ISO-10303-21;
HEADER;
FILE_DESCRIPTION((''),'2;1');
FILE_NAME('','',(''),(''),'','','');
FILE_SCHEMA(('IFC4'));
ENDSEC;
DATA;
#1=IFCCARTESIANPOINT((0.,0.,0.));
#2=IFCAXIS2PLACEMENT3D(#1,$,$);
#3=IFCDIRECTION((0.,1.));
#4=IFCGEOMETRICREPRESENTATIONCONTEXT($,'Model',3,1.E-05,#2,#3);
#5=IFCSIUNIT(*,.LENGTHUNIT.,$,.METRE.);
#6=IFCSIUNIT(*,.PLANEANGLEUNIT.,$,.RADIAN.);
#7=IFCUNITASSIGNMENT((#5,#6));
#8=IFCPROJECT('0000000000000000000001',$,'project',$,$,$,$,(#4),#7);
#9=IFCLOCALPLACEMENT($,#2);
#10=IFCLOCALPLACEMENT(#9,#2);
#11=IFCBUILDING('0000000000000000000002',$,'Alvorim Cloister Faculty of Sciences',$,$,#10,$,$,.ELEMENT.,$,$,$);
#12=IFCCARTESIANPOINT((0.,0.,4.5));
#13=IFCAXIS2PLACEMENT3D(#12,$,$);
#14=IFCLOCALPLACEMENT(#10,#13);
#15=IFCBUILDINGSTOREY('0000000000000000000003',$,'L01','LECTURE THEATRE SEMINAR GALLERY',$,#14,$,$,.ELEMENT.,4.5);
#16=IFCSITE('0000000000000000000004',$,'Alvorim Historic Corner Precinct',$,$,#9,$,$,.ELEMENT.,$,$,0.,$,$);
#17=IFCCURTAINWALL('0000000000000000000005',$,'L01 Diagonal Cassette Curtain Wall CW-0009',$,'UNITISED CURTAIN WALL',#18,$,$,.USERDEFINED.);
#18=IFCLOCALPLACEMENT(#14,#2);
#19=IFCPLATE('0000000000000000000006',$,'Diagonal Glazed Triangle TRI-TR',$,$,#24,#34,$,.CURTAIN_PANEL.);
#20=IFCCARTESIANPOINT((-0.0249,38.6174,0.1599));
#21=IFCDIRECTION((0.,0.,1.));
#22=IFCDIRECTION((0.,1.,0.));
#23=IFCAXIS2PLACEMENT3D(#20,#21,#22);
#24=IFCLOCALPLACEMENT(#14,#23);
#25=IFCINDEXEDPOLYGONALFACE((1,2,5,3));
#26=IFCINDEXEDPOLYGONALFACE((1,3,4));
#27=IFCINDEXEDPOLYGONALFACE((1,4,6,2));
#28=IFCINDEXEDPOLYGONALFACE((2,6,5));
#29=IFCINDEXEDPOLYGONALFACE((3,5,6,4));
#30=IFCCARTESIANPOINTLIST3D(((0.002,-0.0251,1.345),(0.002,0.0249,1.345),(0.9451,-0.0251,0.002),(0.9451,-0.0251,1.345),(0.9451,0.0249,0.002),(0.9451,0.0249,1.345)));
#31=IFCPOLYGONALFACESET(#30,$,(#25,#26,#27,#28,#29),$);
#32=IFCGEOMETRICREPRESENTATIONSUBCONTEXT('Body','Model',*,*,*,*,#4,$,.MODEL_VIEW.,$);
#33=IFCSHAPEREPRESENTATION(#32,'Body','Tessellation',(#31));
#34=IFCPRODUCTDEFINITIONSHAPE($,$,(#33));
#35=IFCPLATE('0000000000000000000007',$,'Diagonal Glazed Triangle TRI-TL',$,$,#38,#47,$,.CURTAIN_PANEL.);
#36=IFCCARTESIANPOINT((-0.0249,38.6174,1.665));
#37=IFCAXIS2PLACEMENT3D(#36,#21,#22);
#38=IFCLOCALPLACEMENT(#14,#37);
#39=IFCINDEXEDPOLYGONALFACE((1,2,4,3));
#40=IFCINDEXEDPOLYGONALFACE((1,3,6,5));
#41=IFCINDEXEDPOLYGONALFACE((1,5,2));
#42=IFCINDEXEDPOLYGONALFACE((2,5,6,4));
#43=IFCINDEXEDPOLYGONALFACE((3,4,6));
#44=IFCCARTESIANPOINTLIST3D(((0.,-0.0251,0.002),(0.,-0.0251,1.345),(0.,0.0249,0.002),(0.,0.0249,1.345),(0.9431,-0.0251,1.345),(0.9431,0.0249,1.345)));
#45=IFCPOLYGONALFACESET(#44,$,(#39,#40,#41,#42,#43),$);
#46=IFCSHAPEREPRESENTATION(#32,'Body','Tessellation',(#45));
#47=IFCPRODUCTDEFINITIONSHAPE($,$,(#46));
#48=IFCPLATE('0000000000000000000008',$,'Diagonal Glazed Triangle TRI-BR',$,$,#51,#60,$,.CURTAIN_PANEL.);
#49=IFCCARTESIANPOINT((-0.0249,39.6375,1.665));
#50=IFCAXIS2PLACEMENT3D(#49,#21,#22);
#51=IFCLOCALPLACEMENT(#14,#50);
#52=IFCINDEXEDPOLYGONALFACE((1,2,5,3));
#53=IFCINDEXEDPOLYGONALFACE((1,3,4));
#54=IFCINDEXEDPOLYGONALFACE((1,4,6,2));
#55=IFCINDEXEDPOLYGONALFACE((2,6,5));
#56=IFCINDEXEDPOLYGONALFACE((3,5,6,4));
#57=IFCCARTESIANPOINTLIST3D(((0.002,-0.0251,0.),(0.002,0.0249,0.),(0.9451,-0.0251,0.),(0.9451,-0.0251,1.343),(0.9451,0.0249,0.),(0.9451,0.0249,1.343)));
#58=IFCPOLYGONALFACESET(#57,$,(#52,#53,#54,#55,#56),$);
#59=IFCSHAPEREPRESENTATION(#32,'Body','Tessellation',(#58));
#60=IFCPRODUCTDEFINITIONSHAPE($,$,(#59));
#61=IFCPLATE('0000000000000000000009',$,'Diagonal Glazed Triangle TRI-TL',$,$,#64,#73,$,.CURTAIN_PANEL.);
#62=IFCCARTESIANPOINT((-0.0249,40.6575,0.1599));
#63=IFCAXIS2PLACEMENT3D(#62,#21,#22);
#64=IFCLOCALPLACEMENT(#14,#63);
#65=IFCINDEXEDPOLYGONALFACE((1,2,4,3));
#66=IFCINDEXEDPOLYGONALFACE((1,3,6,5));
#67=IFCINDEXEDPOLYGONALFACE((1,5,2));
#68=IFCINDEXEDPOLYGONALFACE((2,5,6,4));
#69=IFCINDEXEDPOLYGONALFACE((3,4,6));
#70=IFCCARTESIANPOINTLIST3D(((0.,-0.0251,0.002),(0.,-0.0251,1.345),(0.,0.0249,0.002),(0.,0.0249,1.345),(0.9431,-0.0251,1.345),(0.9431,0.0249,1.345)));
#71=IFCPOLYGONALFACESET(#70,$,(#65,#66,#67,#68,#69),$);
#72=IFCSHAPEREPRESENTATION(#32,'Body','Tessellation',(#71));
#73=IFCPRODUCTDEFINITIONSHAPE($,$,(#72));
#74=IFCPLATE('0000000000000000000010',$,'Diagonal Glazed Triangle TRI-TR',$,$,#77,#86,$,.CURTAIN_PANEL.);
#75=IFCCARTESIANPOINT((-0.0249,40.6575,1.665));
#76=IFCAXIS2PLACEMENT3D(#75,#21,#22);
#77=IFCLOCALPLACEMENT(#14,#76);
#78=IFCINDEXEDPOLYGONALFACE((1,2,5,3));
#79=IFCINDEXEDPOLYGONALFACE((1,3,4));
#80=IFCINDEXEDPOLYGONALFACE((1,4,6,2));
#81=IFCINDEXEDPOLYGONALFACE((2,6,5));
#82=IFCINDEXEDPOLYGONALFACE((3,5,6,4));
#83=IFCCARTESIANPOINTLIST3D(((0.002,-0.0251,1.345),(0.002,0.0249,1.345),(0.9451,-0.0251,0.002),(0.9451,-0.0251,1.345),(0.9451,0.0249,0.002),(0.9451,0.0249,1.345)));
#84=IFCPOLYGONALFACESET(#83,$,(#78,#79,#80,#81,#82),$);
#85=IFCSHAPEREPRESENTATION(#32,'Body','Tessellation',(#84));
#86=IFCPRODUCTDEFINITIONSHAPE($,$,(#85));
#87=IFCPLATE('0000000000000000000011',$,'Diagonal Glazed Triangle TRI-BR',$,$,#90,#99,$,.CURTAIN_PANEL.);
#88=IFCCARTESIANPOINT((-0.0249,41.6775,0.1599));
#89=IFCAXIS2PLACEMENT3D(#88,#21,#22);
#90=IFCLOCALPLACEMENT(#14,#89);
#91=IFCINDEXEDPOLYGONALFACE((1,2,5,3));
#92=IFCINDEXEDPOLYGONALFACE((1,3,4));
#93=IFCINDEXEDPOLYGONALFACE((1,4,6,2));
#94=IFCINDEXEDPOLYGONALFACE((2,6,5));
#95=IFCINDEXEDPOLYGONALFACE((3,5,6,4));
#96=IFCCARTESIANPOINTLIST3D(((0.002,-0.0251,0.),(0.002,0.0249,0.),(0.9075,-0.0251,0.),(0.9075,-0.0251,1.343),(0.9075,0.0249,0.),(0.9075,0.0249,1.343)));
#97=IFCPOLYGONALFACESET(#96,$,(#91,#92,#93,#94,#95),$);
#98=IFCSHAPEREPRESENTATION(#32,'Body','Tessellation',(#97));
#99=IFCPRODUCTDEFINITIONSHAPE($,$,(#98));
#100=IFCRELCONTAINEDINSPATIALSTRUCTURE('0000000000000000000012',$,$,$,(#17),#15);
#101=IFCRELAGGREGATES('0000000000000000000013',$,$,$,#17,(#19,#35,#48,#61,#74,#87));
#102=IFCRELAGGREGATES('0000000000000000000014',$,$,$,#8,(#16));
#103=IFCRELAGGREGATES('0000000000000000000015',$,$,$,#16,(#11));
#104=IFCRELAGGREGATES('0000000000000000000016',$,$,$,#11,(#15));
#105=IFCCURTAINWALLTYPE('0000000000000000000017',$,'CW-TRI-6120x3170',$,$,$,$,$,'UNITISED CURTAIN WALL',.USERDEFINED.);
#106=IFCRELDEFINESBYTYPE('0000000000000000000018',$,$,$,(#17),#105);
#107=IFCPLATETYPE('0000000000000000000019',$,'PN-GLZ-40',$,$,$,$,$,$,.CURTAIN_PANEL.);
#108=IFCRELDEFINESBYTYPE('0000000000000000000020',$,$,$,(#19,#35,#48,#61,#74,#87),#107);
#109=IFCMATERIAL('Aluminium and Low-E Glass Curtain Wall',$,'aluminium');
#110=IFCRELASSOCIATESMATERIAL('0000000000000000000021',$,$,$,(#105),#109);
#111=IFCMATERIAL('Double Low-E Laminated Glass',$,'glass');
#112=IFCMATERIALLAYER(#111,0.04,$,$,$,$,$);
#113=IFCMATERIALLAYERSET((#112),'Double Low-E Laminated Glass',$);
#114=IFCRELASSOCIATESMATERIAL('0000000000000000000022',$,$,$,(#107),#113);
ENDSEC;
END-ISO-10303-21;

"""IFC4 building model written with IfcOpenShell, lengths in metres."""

from ifc_helpers import new_model, si_unit, direction, frame, origin, place, context, subcontext, project, spatial, polyline, outline, extrude, material, layer, layer_set, type_object, element, aggregate, save


model = new_model("IFC4")

# Units and contexts
model_context = context("Model", 3, precision=1e-05, world=origin(), true_north=direction((0.0, 1.0)))
body_context = subcontext(model_context, "Body", "Model", "MODEL_VIEW")
ifc_project = project(units=[si_unit("LENGTHUNIT", "METRE"), si_unit("PLANEANGLEUNIT", "RADIAN")], contexts=[model_context])

# Site, building, storey
site_placement = place(None, origin())
site = spatial("IfcSite", under=ifc_project, at=site_placement, Name="Alvorim Historic Corner Precinct", CompositionType="ELEMENT", RefElevation=0.0)
building_placement = place(site_placement, origin())
building = spatial("IfcBuilding", under=site, at=building_placement, Name="Alvorim Cloister Faculty of Sciences", CompositionType="ELEMENT")
storey_placement = place(building_placement, frame((0.0, 0.0, 4.5)))
storey = spatial("IfcBuildingStorey", under=building, at=storey_placement, Name="L01", Description="LECTURE THEATRE SEMINAR GALLERY", CompositionType="ELEMENT", Elevation=4.5)

# Curtain wall, plates
ifc_material_1 = material(Name="Aluminium and Low-E Glass Curtain Wall", Category="aluminium")
curtain_wall_type = type_object("IfcCurtainWallType", Name="CW-TRI-6120x3170", ElementType="UNITISED CURTAIN WALL", PredefinedType="USERDEFINED", material=ifc_material_1)
curtain_wall_placement = place(storey_placement, origin())
curtain_wall = element("IfcCurtainWall", 1, at=curtain_wall_placement, inside=storey, type_object=curtain_wall_type, Name="L01 Diagonal Cassette Curtain Wall CW-0009", ObjectType="UNITISED CURTAIN WALL", PredefinedType="USERDEFINED")
ifc_material_2 = material(Name="Double Low-E Laminated Glass", Category="glass")
ifc_layer = layer(ifc_material_2, 0.04)
ifc_layer_set = layer_set([ifc_layer], Name="Double Low-E Laminated Glass")
plate_type = type_object("IfcPlateType", Name="PN-GLZ-40", PredefinedType="CURTAIN_PANEL", material=ifc_layer_set)
plate_1_placement = place(storey_placement, frame((-0.0249, 38.6174, 0.1599), z_axis=(0.0, 0.0, 1.0), x_axis=(0.0, 1.0, 0.0)))
plate_1 = element("IfcPlate", 2, at=plate_1_placement, type_object=plate_type, Name="Diagonal Glazed Triangle TRI-TR", PredefinedType="CURTAIN_PANEL", context=body_context, shape_type="SweptSolid", body=[
    extrude(outline(polyline([(0.9451, 0.002), (0.9451, 1.345), (0.002, 1.345), (0.9451, 0.002)])), frame((0.0, 0.0249, 0.0), z_axis=(0.0, -1.0, 0.0), x_axis=(1.0, 0.0, 0.0)), (0.0, 0.0, 1.0), 0.05),
])
plate_2_placement = place(storey_placement, frame((-0.0249, 38.6174, 1.665), z_axis=(0.0, 0.0, 1.0), x_axis=(0.0, 1.0, 0.0)))
plate_2 = element("IfcPlate", 3, at=plate_2_placement, type_object=plate_type, Name="Diagonal Glazed Triangle TRI-TL", PredefinedType="CURTAIN_PANEL", context=body_context, shape_type="SweptSolid", body=[
    extrude(outline(polyline([(0.9431, 1.345), (0.0, 1.345), (0.0, 0.002), (0.9431, 1.345)])), frame((0.0, 0.0249, 0.0), z_axis=(0.0, -1.0, 0.0), x_axis=(1.0, 0.0, 0.0)), (0.0, 0.0, 1.0), 0.05),
])
plate_3_placement = place(storey_placement, frame((-0.0249, 39.6375, 1.665), z_axis=(0.0, 0.0, 1.0), x_axis=(0.0, 1.0, 0.0)))
plate_3 = element("IfcPlate", 4, at=plate_3_placement, type_object=plate_type, Name="Diagonal Glazed Triangle TRI-BR", PredefinedType="CURTAIN_PANEL", context=body_context, shape_type="SweptSolid", body=[
    extrude(outline(polyline([(0.002, 0.0), (0.9451, 0.0), (0.9451, 1.343), (0.002, 0.0)])), frame((0.0, 0.0249, 0.0), z_axis=(0.0, -1.0, 0.0), x_axis=(1.0, 0.0, 0.0)), (0.0, 0.0, 1.0), 0.05),
])
plate_4_placement = place(storey_placement, frame((-0.0249, 40.6575, 0.1599), z_axis=(0.0, 0.0, 1.0), x_axis=(0.0, 1.0, 0.0)))
plate_4 = element("IfcPlate", 5, at=plate_4_placement, type_object=plate_type, Name="Diagonal Glazed Triangle TRI-TL", PredefinedType="CURTAIN_PANEL", context=body_context, shape_type="SweptSolid", body=[
    extrude(outline(polyline([(0.9431, 1.345), (0.0, 1.345), (0.0, 0.002), (0.9431, 1.345)])), frame((0.0, 0.0249, 0.0), z_axis=(0.0, -1.0, 0.0), x_axis=(1.0, 0.0, 0.0)), (0.0, 0.0, 1.0), 0.05),
])
plate_5_placement = place(storey_placement, frame((-0.0249, 40.6575, 1.665), z_axis=(0.0, 0.0, 1.0), x_axis=(0.0, 1.0, 0.0)))
plate_5 = element("IfcPlate", 6, at=plate_5_placement, type_object=plate_type, Name="Diagonal Glazed Triangle TRI-TR", PredefinedType="CURTAIN_PANEL", context=body_context, shape_type="SweptSolid", body=[
    extrude(outline(polyline([(0.9451, 0.002), (0.9451, 1.345), (0.002, 1.345), (0.9451, 0.002)])), frame((0.0, 0.0249, 0.0), z_axis=(0.0, -1.0, 0.0), x_axis=(1.0, 0.0, 0.0)), (0.0, 0.0, 1.0), 0.05),
])
plate_6_placement = place(storey_placement, frame((-0.0249, 41.6775, 0.1599), z_axis=(0.0, 0.0, 1.0), x_axis=(0.0, 1.0, 0.0)))
plate_6 = element("IfcPlate", 7, at=plate_6_placement, type_object=plate_type, Name="Diagonal Glazed Triangle TRI-BR", PredefinedType="CURTAIN_PANEL", context=body_context, shape_type="SweptSolid", body=[
    extrude(outline(polyline([(0.002, 0.0), (0.9075, 0.0), (0.9075, 1.343), (0.002, 0.0)])), frame((0.0, 0.0249, 0.0), z_axis=(0.0, -1.0, 0.0), x_axis=(1.0, 0.0, 0.0)), (0.0, 0.0, 1.0), 0.05),
])
aggregate(curtain_wall, [plate_1, plate_2, plate_3, plate_4, plate_5, plate_6])

save(model, "model.ifc")
